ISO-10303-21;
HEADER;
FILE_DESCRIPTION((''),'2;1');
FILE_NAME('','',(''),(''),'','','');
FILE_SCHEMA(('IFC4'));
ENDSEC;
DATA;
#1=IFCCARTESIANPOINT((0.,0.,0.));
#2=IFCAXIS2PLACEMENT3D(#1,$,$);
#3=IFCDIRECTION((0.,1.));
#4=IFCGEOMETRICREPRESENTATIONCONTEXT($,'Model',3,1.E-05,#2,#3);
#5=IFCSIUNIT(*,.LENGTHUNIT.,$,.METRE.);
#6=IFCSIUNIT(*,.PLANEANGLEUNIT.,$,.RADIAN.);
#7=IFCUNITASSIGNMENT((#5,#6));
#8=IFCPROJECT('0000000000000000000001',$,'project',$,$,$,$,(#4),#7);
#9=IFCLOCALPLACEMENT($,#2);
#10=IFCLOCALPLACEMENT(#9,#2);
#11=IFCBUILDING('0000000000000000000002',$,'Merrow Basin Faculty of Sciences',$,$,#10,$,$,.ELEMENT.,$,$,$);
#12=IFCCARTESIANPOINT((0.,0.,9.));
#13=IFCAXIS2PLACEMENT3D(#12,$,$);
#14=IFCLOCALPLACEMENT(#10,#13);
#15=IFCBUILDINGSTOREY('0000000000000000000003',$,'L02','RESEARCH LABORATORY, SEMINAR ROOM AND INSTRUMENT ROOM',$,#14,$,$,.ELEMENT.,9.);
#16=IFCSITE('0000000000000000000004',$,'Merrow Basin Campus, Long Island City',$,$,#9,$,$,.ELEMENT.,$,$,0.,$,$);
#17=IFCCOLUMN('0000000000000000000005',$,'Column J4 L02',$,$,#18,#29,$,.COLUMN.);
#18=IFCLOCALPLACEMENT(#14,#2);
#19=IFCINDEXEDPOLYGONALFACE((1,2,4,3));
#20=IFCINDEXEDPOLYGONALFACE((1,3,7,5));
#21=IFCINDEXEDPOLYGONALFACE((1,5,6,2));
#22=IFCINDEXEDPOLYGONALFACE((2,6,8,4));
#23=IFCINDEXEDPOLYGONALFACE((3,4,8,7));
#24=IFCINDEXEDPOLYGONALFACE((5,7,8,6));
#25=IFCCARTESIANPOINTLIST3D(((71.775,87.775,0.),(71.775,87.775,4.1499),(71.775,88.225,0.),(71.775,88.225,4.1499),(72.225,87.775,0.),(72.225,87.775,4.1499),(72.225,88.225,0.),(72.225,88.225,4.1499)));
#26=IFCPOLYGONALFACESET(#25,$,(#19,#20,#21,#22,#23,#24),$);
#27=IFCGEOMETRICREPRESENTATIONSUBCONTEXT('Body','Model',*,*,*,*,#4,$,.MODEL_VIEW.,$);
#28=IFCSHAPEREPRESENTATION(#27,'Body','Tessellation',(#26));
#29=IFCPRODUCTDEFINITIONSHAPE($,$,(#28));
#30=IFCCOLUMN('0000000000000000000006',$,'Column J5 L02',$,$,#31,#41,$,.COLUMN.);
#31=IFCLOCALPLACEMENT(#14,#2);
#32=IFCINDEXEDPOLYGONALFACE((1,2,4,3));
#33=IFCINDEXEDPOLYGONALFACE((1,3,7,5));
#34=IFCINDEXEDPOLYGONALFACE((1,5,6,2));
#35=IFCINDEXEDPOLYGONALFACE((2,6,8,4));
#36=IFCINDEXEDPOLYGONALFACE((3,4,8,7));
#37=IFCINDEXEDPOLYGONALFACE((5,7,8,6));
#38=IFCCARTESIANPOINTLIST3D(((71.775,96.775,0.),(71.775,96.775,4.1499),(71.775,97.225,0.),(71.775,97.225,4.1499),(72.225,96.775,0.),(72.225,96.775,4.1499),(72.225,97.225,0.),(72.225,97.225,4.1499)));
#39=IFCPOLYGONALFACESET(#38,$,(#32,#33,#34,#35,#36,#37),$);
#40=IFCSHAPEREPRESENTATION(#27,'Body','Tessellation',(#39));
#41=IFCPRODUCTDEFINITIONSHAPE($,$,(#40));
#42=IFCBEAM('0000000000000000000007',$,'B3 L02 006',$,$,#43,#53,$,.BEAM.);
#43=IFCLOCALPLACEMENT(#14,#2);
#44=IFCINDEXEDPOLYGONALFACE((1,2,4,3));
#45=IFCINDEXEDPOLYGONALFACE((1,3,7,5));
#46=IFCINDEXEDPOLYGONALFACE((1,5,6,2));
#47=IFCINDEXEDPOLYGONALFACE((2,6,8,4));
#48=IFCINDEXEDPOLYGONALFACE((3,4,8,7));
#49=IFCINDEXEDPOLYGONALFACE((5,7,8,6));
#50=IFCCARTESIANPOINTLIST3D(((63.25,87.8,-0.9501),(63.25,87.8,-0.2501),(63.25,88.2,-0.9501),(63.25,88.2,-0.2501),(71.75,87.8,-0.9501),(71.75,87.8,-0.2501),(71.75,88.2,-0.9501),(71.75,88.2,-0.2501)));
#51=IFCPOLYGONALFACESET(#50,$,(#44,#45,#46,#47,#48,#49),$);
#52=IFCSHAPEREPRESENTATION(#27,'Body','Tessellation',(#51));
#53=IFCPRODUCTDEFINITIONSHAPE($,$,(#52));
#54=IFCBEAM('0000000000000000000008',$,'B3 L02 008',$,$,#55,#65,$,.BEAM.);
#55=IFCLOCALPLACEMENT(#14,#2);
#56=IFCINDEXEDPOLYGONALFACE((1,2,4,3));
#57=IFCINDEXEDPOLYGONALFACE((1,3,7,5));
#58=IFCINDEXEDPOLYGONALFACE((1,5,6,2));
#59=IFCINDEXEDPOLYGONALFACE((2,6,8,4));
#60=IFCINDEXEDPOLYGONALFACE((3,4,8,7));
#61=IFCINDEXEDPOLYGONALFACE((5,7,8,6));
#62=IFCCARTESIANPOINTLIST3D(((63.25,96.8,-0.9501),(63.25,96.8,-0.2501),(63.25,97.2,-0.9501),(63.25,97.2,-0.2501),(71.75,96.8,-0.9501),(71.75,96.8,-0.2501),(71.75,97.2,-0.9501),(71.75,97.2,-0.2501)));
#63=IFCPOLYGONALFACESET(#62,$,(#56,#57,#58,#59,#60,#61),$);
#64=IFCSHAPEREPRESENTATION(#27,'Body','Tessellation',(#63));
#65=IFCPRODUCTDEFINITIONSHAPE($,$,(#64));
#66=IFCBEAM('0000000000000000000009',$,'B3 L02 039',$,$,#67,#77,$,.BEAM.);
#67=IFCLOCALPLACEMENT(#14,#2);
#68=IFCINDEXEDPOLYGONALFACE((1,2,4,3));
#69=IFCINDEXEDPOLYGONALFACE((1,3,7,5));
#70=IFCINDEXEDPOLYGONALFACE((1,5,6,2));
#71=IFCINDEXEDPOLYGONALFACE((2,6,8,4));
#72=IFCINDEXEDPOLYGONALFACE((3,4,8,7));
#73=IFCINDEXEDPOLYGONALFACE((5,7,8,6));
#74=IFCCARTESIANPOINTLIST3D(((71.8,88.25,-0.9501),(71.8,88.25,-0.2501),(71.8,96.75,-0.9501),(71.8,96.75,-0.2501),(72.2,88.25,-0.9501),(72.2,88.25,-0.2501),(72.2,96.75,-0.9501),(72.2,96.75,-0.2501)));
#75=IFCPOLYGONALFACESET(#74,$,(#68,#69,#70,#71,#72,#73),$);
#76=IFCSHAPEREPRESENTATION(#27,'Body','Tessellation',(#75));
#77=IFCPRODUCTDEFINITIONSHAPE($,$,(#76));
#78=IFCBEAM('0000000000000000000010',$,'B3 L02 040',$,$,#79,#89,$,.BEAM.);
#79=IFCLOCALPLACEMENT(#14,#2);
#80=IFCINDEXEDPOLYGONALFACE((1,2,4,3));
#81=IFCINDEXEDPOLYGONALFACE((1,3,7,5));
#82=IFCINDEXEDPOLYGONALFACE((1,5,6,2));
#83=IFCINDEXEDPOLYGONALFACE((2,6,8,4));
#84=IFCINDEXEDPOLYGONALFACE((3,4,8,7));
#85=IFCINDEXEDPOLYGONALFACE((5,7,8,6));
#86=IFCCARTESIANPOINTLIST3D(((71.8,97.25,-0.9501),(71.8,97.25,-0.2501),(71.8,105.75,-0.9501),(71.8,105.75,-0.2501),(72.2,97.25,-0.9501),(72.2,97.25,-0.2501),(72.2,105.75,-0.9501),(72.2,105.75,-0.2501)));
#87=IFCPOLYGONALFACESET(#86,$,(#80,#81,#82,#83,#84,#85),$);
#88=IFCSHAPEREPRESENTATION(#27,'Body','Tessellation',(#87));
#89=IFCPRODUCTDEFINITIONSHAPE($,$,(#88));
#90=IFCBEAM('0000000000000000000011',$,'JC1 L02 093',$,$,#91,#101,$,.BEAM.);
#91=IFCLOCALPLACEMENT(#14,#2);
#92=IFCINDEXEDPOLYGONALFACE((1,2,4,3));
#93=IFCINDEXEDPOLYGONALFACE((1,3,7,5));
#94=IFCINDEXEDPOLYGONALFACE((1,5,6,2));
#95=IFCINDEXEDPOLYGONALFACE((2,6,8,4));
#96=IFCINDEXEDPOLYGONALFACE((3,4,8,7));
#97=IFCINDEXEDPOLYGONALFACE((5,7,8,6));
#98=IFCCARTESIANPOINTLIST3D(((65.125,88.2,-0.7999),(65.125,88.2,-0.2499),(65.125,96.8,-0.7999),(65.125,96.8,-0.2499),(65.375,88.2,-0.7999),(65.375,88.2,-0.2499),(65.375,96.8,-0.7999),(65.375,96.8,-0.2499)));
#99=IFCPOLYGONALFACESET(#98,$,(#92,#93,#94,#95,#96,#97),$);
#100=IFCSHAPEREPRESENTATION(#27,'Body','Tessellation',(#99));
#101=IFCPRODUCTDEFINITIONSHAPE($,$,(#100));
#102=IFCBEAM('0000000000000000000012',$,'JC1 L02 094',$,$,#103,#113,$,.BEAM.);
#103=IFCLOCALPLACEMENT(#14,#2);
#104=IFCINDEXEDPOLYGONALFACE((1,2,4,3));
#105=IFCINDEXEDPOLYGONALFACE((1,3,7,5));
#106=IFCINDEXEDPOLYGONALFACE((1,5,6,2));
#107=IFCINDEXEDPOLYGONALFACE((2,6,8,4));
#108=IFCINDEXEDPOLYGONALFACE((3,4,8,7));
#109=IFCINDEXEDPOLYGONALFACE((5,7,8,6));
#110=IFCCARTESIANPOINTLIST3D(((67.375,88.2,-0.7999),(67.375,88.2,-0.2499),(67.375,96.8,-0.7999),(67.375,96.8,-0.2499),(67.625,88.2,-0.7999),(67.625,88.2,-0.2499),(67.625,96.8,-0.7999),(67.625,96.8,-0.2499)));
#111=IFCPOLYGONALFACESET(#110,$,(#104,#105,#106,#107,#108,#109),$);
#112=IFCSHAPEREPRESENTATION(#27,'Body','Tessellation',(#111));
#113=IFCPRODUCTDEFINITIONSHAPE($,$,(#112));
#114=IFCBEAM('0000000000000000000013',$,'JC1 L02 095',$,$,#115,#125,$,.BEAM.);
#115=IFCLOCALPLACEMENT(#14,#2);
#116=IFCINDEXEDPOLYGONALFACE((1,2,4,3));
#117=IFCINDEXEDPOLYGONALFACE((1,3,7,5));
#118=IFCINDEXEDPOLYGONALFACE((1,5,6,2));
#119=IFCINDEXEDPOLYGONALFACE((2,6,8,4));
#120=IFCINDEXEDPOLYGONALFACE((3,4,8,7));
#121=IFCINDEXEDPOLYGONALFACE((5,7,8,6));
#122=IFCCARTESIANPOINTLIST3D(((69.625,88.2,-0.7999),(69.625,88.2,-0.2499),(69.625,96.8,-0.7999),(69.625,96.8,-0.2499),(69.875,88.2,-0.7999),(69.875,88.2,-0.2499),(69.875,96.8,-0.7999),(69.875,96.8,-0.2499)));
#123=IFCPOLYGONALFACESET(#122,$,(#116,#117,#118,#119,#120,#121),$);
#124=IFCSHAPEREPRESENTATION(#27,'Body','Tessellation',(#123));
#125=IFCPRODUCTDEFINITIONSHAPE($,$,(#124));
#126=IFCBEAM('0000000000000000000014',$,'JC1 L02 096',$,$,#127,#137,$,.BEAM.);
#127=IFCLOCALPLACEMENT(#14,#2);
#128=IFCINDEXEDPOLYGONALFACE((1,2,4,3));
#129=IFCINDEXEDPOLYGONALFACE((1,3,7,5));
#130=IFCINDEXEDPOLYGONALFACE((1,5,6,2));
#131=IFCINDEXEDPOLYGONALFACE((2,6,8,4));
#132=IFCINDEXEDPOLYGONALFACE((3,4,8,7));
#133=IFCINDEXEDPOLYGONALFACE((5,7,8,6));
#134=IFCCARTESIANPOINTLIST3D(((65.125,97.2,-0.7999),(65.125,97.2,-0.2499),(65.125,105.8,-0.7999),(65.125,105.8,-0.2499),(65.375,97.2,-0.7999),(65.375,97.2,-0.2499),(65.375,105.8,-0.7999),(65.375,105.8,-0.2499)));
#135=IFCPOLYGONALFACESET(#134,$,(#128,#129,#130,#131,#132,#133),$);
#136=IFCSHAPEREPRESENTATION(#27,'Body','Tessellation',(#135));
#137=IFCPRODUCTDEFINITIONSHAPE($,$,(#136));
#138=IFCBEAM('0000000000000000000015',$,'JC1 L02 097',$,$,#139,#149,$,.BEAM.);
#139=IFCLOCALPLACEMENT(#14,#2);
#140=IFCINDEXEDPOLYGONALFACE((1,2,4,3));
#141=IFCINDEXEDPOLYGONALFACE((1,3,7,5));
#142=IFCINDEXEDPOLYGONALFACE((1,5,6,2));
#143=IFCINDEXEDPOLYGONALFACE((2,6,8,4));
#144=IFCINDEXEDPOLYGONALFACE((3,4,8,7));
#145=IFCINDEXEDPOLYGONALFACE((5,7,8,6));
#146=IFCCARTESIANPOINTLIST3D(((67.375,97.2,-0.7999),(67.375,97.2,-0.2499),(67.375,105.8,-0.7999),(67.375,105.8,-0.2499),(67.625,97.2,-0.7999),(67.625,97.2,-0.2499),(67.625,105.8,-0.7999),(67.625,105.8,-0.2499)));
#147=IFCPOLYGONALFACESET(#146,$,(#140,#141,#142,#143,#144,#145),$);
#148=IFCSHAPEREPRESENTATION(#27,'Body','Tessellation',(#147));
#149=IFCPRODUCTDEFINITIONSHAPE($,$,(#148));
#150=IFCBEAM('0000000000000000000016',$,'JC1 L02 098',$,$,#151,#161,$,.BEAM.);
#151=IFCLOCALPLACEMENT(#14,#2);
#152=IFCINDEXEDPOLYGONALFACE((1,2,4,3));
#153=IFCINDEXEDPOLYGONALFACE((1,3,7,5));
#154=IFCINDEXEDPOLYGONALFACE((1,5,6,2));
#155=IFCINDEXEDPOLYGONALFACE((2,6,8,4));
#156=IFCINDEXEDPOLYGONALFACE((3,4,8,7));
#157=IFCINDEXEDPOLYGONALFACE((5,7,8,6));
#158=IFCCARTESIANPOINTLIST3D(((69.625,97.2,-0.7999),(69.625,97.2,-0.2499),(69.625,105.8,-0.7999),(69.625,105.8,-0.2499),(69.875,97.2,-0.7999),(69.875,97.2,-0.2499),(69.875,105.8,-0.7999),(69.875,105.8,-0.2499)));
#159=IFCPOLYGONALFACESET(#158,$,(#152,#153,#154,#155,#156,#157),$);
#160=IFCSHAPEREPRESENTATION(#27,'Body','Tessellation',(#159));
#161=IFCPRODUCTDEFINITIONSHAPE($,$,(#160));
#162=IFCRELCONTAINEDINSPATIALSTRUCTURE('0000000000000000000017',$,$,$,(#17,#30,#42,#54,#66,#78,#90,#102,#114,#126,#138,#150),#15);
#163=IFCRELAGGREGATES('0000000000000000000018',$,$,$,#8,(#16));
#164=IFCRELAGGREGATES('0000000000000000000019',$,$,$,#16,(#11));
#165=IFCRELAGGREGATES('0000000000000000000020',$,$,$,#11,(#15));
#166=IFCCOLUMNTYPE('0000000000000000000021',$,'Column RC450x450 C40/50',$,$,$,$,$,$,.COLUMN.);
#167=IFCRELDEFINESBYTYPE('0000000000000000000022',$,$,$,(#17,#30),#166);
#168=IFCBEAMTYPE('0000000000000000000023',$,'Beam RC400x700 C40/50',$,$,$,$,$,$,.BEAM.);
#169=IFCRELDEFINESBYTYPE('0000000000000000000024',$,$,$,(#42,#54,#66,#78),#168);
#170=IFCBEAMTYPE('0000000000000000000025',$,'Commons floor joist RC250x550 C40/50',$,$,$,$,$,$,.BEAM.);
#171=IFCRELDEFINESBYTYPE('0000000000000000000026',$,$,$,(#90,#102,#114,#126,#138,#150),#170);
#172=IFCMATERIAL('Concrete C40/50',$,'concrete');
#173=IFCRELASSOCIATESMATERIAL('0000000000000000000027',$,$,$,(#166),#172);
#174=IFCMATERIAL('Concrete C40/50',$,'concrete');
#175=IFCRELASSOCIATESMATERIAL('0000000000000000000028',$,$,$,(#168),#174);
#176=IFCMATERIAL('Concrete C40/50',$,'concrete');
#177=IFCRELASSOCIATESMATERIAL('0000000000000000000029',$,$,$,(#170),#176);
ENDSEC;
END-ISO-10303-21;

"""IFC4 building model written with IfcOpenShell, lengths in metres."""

from ifc_helpers import new_model, si_unit, direction, frame, origin, origin_2d, place, context, subcontext, project, spatial, rectangle, extrude, material, material_profile, profile_set, type_object, element, save


model = new_model("IFC4")

# Units and contexts
model_context = context("Model", 3, precision=1e-05, world=origin(), true_north=direction((0.0, 1.0)))
body_context = subcontext(model_context, "Body", "Model", "MODEL_VIEW")
ifc_project = project(units=[si_unit("LENGTHUNIT", "METRE"), si_unit("PLANEANGLEUNIT", "RADIAN")], contexts=[model_context])

# Site, building, storey
site_placement = place(None, origin())
site = spatial("IfcSite", under=ifc_project, at=site_placement, Name="Merrow Basin Campus, Long Island City", CompositionType="ELEMENT", RefElevation=0.0)
building_placement = place(site_placement, origin())
building = spatial("IfcBuilding", under=site, at=building_placement, Name="Merrow Basin Faculty of Sciences", CompositionType="ELEMENT")
storey_placement = place(building_placement, frame((0.0, 0.0, 9.0)))
storey = spatial("IfcBuildingStorey", under=building, at=storey_placement, Name="L02", Description="RESEARCH LABORATORY, SEMINAR ROOM AND INSTRUMENT ROOM", CompositionType="ELEMENT", Elevation=9.0)

# Columns
ifc_material_1 = material(Name="Concrete C40/50", Category="concrete")
ifc_material_profile_1 = material_profile(ifc_material_1, rectangle(XDim=0.45, YDim=0.45, at=origin_2d()))
ifc_profile_set_1 = profile_set([ifc_material_profile_1], Name="Concrete C40/50")
column_type = type_object("IfcColumnType", Name="Column RC450x450 C40/50", PredefinedType="COLUMN", material=ifc_profile_set_1)
for number, where, z_axis, x_axis, name in (
    (1, (72.0, 88.0, 0.0), (0.0, 0.0, 1.0), (1.0, 0.0, 0.0), "Column J4 L02"),
    (2, (72.0, 97.0, 0.0), (0.0, 0.0, 1.0), (1.0, 0.0, 0.0), "Column J5 L02"),
):
    element("IfcColumn", number, at=place(storey_placement, frame(where, z_axis=z_axis, x_axis=x_axis)), inside=storey, type_object=column_type, Name=name, PredefinedType="COLUMN", context=body_context, shape_type="SweptSolid", body=[
        extrude(rectangle(XDim=0.45, YDim=0.45, at=origin_2d()), origin(), (0.0, 0.0, 1.0), 4.1499),
    ])

# Beams
ifc_material_2 = material(Name="Concrete C40/50", Category="concrete")
ifc_material_profile_2 = material_profile(ifc_material_2, rectangle(XDim=0.3999, YDim=0.7, at=origin_2d()))
ifc_profile_set_2 = profile_set([ifc_material_profile_2], Name="Concrete C40/50")
beam_type_1 = type_object("IfcBeamType", Name="Beam RC400x700 C40/50", PredefinedType="BEAM", material=ifc_profile_set_2)
for number, where, z_axis, x_axis, name in (
    (3, (63.25, 88.0, -0.6001), (1.0, 0.0, 0.0), (0.0, 1.0, 0.0), "B3 L02 006"),
    (4, (63.25, 97.0, -0.6001), (1.0, 0.0, 0.0), (0.0, 1.0, 0.0), "B3 L02 008"),
    (5, (72.0, 88.25, -0.6001), (0.0, 1.0, 0.0), (-1.0, 0.0, 0.0), "B3 L02 039"),
    (6, (72.0, 97.25, -0.6001), (0.0, 1.0, 0.0), (-1.0, 0.0, 0.0), "B3 L02 040"),
):
    element("IfcBeam", number, at=place(storey_placement, frame(where, z_axis=z_axis, x_axis=x_axis)), inside=storey, type_object=beam_type_1, Name=name, PredefinedType="BEAM", context=body_context, shape_type="SweptSolid", body=[
        extrude(rectangle(XDim=0.3999, YDim=0.7, at=origin_2d()), origin(), (0.0, 0.0, 1.0), 8.5),
    ])
ifc_material_3 = material(Name="Concrete C40/50", Category="concrete")
ifc_material_profile_3 = material_profile(ifc_material_3, rectangle(XDim=0.25, YDim=0.55, at=origin_2d()))
ifc_profile_set_3 = profile_set([ifc_material_profile_3], Name="Concrete C40/50")
beam_type_2 = type_object("IfcBeamType", Name="Commons floor joist RC250x550 C40/50", PredefinedType="BEAM", material=ifc_profile_set_3)
for number, where, z_axis, x_axis, name in (
    (7, (65.25, 88.2, -0.5249), (0.0, 1.0, 0.0), (-1.0, 0.0, 0.0), "JC1 L02 093"),
    (8, (67.5, 88.2, -0.5249), (0.0, 1.0, 0.0), (-1.0, 0.0, 0.0), "JC1 L02 094"),
    (9, (69.75, 88.2, -0.5249), (0.0, 1.0, 0.0), (-1.0, 0.0, 0.0), "JC1 L02 095"),
    (10, (65.25, 97.2, -0.5249), (0.0, 1.0, 0.0), (-1.0, 0.0, 0.0), "JC1 L02 096"),
    (11, (67.5, 97.2, -0.5249), (0.0, 1.0, 0.0), (-1.0, 0.0, 0.0), "JC1 L02 097"),
    (12, (69.75, 97.2, -0.5249), (0.0, 1.0, 0.0), (-1.0, 0.0, 0.0), "JC1 L02 098"),
):
    element("IfcBeam", number, at=place(storey_placement, frame(where, z_axis=z_axis, x_axis=x_axis)), inside=storey, type_object=beam_type_2, Name=name, PredefinedType="BEAM", context=body_context, shape_type="SweptSolid", body=[
        extrude(rectangle(XDim=0.25, YDim=0.55, at=origin_2d()), origin(), (0.0, 0.0, 1.0), 8.6001),
    ])

save(model, "model.ifc")
